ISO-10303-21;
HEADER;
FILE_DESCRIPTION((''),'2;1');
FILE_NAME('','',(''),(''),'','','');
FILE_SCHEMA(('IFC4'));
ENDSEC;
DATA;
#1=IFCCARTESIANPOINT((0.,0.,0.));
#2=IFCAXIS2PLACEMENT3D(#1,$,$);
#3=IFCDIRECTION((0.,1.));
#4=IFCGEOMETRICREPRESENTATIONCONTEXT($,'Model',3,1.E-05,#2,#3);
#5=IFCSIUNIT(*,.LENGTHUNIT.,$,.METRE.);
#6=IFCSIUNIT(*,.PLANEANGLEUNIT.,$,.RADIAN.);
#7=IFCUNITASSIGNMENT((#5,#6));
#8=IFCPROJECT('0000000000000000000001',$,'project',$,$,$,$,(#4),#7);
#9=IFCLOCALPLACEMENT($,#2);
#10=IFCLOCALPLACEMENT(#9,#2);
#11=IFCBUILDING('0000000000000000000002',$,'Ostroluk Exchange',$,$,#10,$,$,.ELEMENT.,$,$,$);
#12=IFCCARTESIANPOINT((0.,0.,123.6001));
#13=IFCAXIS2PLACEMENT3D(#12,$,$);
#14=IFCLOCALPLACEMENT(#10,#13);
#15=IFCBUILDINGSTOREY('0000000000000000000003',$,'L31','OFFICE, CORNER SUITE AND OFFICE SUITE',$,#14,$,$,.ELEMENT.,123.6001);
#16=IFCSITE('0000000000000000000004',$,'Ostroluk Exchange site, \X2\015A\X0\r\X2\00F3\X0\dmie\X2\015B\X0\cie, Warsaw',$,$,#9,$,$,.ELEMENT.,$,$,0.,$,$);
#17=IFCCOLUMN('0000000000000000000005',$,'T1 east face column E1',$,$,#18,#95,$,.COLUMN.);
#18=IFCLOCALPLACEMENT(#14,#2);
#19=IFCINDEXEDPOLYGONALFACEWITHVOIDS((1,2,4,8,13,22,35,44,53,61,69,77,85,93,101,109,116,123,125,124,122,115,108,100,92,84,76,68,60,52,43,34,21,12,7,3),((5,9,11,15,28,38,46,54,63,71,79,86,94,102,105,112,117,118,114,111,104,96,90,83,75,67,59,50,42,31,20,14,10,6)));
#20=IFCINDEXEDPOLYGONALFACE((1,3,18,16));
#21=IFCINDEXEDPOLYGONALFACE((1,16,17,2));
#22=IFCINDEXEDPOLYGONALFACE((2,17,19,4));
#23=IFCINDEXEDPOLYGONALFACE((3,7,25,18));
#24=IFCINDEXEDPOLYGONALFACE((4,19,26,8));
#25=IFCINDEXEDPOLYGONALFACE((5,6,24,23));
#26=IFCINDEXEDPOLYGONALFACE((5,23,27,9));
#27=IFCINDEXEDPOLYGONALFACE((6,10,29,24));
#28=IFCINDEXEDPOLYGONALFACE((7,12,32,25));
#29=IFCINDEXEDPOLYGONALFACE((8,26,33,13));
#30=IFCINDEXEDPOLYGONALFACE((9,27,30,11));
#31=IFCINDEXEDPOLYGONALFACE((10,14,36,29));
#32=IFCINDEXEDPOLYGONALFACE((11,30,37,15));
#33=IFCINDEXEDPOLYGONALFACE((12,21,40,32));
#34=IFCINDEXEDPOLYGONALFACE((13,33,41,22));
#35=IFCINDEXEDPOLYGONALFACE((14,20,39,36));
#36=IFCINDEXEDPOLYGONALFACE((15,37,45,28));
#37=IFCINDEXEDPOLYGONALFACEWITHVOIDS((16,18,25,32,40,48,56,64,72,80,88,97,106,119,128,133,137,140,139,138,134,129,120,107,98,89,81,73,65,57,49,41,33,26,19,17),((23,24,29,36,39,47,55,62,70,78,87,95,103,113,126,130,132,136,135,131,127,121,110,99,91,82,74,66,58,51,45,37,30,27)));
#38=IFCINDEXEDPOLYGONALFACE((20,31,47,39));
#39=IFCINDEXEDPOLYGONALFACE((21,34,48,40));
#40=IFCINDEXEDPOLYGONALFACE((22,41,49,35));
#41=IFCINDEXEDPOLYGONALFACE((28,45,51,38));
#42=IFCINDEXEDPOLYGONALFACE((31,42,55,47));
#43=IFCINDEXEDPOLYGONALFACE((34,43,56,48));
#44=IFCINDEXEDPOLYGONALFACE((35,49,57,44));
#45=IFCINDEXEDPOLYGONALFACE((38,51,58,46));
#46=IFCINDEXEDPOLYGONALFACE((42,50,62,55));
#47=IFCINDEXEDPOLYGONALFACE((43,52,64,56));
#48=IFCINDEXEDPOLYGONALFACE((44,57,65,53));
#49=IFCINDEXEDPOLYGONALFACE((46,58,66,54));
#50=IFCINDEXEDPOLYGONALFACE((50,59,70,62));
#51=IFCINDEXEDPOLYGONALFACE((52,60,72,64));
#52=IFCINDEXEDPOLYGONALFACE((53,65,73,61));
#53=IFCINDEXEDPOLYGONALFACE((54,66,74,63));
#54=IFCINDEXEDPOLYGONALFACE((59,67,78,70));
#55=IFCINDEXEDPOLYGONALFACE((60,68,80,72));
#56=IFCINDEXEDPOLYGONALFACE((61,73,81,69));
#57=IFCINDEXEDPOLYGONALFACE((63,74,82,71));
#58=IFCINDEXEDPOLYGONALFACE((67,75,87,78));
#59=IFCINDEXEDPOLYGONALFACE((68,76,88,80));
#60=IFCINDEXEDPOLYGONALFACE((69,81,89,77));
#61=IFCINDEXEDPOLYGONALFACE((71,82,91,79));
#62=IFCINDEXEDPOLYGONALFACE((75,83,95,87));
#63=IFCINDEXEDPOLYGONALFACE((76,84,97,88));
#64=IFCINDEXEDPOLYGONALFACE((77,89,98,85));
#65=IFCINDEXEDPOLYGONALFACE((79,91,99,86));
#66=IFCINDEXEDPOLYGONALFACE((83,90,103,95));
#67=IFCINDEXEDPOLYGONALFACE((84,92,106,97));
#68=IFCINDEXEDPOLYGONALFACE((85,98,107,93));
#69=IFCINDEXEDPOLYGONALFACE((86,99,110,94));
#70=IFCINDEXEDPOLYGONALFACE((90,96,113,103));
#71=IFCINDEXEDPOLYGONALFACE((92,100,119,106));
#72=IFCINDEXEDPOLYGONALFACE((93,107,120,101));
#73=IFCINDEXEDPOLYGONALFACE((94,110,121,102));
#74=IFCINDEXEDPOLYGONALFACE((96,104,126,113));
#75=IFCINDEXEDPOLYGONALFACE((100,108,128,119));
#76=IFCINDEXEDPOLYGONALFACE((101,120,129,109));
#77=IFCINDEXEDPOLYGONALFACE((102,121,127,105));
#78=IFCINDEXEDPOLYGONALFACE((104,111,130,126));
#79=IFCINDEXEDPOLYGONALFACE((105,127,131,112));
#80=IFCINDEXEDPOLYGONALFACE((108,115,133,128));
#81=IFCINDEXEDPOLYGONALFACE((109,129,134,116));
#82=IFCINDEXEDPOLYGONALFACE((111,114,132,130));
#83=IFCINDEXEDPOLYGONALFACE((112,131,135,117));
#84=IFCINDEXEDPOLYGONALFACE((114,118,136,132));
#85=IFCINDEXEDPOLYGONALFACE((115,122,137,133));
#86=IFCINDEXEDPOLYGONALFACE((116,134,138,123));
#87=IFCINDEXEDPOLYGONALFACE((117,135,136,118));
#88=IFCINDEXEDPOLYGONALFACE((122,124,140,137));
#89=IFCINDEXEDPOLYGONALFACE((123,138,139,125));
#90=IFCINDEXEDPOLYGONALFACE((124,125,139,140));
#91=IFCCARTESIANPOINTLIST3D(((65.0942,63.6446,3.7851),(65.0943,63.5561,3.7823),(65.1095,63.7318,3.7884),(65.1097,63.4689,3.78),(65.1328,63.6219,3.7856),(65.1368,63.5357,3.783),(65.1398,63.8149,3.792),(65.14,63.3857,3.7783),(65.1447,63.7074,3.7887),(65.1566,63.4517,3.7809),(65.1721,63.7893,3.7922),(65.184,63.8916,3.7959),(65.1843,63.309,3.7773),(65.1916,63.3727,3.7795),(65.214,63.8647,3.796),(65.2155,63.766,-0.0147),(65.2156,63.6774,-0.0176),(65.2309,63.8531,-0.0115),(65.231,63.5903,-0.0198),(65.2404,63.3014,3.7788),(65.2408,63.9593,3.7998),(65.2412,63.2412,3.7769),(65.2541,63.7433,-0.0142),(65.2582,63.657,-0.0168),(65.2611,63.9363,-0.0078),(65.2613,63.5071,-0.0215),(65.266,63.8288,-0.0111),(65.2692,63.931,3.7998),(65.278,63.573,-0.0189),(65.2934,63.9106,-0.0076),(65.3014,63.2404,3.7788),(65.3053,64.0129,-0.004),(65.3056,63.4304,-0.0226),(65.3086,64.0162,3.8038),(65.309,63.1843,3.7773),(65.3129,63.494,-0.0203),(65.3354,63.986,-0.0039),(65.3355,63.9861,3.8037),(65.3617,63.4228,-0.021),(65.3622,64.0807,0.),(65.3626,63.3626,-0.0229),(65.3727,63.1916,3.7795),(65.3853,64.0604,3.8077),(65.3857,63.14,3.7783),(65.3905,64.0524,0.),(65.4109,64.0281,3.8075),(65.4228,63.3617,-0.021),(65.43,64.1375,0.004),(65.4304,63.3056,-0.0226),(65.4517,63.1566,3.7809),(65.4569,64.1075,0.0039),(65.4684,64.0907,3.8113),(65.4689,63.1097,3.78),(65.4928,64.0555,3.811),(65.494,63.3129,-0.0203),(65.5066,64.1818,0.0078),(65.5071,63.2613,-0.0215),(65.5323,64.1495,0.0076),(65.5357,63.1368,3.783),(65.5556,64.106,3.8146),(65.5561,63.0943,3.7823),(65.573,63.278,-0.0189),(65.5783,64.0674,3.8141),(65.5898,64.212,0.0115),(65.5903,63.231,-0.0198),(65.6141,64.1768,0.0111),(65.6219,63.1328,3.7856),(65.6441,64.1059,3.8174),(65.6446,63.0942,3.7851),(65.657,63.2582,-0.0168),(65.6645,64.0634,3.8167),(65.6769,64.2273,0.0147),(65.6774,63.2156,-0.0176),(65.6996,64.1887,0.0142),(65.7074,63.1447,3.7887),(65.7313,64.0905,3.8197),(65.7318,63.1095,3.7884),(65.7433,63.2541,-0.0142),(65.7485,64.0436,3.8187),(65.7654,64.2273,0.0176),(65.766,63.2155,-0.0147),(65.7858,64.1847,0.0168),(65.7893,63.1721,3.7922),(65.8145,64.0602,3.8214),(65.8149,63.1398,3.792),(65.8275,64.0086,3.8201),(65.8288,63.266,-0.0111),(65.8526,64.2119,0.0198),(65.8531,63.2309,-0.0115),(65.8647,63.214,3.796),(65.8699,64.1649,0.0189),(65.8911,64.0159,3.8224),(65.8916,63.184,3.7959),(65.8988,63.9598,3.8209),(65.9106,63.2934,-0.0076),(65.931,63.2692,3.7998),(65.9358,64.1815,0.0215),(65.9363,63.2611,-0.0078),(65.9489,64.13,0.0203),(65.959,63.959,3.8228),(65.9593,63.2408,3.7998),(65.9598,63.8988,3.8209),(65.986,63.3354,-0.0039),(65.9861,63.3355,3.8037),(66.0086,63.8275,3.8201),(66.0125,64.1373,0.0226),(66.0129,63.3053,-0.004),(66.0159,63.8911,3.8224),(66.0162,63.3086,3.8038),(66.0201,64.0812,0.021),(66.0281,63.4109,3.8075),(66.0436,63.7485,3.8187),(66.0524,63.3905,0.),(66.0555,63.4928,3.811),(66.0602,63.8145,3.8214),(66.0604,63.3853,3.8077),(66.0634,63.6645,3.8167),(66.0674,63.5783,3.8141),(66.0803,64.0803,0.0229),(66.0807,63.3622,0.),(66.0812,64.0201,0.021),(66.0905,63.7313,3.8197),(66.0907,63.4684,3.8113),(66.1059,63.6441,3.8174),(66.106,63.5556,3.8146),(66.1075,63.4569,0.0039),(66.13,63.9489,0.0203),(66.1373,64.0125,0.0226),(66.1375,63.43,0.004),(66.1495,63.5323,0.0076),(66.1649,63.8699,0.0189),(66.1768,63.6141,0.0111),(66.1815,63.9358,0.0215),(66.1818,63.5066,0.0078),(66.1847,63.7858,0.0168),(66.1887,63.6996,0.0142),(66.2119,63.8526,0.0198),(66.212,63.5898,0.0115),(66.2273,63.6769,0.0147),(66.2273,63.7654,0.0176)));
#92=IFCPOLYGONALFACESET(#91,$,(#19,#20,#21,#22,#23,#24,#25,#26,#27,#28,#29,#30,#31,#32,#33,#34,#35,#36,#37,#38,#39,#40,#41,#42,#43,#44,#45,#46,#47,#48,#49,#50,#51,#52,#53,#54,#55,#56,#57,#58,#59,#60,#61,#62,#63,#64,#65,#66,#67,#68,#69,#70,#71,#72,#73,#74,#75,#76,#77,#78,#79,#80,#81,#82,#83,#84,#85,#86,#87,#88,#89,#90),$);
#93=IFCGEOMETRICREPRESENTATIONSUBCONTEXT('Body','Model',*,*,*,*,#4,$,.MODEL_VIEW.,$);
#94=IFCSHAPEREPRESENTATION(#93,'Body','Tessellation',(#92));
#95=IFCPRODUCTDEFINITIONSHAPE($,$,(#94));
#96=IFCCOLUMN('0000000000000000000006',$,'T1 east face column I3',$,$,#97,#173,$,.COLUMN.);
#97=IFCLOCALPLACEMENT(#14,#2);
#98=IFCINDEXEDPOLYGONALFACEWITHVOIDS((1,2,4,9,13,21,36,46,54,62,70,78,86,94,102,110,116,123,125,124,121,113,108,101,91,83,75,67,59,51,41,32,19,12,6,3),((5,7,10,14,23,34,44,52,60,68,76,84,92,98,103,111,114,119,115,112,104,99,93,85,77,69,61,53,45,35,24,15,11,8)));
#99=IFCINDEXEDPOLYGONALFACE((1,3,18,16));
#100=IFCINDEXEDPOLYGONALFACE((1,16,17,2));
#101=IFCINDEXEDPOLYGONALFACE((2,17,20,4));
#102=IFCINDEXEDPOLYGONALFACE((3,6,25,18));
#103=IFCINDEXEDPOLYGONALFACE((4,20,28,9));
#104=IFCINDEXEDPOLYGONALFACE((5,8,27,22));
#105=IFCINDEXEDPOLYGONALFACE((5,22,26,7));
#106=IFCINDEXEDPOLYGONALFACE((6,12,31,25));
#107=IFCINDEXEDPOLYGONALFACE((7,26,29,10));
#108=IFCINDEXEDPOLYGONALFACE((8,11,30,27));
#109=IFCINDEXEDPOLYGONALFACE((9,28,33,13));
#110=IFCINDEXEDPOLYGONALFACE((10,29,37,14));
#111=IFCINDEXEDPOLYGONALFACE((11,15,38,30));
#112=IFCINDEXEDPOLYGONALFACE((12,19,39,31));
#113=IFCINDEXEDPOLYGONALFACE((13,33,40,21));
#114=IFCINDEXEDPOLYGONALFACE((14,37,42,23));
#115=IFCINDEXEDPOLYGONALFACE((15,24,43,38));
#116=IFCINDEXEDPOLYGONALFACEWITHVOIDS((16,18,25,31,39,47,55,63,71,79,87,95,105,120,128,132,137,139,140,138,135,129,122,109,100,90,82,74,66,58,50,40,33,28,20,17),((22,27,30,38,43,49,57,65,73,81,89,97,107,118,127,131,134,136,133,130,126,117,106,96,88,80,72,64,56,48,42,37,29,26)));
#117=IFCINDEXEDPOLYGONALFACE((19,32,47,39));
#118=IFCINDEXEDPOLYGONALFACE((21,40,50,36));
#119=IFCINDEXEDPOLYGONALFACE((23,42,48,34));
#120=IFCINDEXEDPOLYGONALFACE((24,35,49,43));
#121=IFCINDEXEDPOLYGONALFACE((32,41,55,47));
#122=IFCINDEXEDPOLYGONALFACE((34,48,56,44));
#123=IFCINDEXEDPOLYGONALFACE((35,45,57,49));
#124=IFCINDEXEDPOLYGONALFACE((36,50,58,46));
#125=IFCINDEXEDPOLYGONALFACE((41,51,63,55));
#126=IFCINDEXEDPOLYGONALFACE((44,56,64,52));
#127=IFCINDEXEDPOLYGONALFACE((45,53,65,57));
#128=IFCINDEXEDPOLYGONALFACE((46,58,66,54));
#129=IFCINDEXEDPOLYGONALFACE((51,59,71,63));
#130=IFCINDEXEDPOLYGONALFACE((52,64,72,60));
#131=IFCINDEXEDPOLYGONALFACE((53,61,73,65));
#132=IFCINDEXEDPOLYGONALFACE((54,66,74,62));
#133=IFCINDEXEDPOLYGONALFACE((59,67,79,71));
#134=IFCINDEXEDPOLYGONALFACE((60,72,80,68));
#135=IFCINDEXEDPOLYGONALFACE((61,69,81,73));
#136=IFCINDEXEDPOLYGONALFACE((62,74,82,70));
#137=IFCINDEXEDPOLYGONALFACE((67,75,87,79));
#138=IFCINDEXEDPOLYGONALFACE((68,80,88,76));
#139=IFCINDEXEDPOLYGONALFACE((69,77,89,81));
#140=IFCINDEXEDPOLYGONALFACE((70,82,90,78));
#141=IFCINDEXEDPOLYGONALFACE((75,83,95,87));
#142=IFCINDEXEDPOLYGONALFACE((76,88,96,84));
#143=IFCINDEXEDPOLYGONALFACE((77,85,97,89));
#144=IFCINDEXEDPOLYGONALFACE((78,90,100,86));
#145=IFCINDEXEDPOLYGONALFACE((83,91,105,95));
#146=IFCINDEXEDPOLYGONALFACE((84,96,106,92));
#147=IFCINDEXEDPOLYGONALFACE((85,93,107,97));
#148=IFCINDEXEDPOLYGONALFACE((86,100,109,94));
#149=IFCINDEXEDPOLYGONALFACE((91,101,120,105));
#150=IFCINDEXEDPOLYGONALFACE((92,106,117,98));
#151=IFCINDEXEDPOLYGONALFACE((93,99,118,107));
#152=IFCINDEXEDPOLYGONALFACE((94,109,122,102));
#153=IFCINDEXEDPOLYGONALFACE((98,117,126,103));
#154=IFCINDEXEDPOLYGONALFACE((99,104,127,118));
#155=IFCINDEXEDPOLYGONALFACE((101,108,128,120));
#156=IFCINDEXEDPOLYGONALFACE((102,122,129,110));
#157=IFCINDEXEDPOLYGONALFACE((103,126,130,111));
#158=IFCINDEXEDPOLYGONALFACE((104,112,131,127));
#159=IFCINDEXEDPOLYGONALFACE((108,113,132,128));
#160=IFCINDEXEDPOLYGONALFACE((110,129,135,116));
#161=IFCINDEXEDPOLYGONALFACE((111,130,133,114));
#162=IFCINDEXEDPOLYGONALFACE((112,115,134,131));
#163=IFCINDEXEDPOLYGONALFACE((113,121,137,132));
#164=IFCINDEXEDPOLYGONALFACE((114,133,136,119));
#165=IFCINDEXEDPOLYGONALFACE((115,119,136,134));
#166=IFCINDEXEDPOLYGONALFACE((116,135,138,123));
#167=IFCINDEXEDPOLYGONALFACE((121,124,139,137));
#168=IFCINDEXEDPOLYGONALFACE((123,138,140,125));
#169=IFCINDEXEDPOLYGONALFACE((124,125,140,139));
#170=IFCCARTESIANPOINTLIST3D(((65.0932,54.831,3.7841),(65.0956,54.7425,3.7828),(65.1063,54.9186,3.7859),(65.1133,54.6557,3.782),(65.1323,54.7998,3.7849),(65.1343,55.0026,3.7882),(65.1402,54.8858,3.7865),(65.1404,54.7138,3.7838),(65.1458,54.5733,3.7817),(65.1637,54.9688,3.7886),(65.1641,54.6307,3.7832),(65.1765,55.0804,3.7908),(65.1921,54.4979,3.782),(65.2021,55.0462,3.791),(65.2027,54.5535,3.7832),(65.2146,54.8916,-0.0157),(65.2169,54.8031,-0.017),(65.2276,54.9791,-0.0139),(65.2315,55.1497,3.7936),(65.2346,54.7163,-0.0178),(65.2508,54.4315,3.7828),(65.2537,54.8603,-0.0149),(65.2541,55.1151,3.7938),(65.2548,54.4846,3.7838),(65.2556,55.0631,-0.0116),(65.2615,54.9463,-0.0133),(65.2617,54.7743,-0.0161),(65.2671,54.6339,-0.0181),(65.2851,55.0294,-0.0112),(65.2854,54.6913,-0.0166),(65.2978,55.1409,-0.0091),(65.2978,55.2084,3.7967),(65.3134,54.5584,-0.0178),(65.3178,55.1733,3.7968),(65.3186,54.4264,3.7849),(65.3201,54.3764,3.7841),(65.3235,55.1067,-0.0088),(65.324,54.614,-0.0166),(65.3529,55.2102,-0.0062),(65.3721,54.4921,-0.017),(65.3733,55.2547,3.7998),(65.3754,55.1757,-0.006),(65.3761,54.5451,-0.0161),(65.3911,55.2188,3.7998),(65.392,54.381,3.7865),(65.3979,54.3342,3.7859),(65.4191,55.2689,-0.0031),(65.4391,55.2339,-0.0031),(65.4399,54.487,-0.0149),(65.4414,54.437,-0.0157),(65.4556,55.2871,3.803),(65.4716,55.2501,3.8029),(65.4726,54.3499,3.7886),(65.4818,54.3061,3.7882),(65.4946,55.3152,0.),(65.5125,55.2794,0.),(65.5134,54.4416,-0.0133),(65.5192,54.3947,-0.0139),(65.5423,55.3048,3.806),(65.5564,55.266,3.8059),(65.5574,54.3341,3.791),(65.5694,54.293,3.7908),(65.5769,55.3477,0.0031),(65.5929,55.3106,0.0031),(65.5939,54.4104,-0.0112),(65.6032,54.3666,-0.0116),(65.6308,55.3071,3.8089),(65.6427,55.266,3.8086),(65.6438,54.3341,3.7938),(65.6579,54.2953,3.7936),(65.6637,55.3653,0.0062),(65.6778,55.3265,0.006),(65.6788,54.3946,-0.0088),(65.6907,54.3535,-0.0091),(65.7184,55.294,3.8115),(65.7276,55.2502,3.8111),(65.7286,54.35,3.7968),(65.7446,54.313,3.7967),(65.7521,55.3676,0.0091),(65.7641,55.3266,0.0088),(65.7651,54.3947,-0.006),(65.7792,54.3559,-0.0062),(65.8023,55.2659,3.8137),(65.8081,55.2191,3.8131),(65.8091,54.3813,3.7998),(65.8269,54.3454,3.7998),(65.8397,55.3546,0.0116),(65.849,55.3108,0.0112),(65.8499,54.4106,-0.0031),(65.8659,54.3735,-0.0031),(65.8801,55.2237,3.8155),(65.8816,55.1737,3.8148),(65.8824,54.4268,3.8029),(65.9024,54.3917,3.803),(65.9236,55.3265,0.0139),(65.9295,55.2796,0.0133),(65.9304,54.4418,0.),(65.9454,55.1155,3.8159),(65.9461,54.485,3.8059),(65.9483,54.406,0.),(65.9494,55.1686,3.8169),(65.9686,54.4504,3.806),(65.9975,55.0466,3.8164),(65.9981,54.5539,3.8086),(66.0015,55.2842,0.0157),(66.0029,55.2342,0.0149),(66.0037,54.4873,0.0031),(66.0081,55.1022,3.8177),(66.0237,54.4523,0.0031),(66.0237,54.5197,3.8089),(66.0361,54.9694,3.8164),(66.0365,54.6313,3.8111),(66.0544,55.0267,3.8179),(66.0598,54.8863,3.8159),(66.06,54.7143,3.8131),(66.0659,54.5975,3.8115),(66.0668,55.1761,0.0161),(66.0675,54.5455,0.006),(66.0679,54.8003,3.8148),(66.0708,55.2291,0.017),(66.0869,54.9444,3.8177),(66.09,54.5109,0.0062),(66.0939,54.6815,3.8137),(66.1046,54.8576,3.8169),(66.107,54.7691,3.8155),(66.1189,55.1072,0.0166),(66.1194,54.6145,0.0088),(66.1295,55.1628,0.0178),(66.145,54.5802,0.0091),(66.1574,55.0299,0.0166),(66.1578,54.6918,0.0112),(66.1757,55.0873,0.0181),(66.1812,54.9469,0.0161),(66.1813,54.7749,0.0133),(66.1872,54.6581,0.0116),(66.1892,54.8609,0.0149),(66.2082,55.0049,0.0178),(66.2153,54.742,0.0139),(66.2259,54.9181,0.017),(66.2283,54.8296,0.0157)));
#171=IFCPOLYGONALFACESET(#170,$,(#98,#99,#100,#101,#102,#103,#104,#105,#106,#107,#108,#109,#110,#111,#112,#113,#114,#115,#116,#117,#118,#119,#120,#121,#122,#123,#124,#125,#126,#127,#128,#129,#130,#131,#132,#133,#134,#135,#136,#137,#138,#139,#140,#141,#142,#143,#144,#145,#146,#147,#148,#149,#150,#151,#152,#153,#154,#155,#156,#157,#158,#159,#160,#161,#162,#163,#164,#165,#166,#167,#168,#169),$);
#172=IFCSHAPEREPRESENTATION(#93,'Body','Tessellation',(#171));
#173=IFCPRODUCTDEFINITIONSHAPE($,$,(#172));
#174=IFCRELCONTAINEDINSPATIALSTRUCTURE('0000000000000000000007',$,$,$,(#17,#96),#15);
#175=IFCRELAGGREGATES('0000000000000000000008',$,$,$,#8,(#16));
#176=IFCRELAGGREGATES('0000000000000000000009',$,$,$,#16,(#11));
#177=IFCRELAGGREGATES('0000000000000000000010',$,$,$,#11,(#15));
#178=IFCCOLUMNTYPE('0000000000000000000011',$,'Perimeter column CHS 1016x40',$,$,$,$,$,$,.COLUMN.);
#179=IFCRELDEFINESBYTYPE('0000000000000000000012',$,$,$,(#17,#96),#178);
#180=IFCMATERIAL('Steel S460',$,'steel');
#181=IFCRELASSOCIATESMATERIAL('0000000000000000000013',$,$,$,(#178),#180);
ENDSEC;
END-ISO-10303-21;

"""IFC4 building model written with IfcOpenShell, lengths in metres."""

from ifc_helpers import new_model, si_unit, direction, frame, origin, origin_2d, place, context, subcontext, project, spatial, hollow_circle, extrude, material, material_profile, profile_set, type_object, element, save


model = new_model("IFC4")

# Units and contexts
model_context = context("Model", 3, precision=1e-05, world=origin(), true_north=direction((0.0, 1.0)))
body_context = subcontext(model_context, "Body", "Model", "MODEL_VIEW")
ifc_project = project(units=[si_unit("LENGTHUNIT", "METRE"), si_unit("PLANEANGLEUNIT", "RADIAN")], contexts=[model_context])

# Site, building, storey
site_placement = place(None, origin())
site = spatial("IfcSite", under=ifc_project, at=site_placement, Name="Ostroluk Exchange site, Śródmieście, Warsaw", CompositionType="ELEMENT", RefElevation=0.0)
building_placement = place(site_placement, origin())
building = spatial("IfcBuilding", under=site, at=building_placement, Name="Ostroluk Exchange", CompositionType="ELEMENT")
storey_placement = place(building_placement, frame((0.0, 0.0, 123.6001)))
storey = spatial("IfcBuildingStorey", under=building, at=storey_placement, Name="L31", Description="OFFICE, CORNER SUITE AND OFFICE SUITE", CompositionType="ELEMENT", Elevation=123.6001)

# Columns
ifc_material_1 = material(Name="Steel S460", Category="steel")
ifc_material_profile_1 = material_profile(ifc_material_1, hollow_circle(Radius=0.5081, WallThickness=0.04, at=origin_2d()), Name="CHS 1016x40")
ifc_profile_set_1 = profile_set([ifc_material_profile_1], Name="Steel S460")
column_type_1 = type_object("IfcColumnType", Name="Perimeter column CHS 1016x40", PredefinedType="COLUMN", material=ifc_profile_set_1)
column_1_placement = place(storey_placement, frame((65.7214, 63.7214, 0.0), z_axis=(-0.0319, -0.0319, 0.998982), x_axis=(0.707107, -0.707107, 0.0)))
element("IfcColumn", 1, at=column_1_placement, inside=storey, type_object=column_type_1, Name="T1 east face column E1", PredefinedType="COLUMN", context=body_context, shape_type="SweptSolid", body=[
    extrude(hollow_circle(Radius=0.5081, WallThickness=0.04, at=origin_2d()), origin(), (0.0, 0.0, 1.0), 3.8037),
])
column_2_placement = place(storey_placement, frame((65.7214, 54.8606, 0.0), z_axis=(-0.031912, -0.015924, 0.999364), x_axis=(0.446493, -0.894787, 0.0)))
element("IfcColumn", 2, at=column_2_placement, inside=storey, type_object=column_type_1, Name="T1 east face column I3", PredefinedType="COLUMN", context=body_context, shape_type="SweptSolid", body=[
    extrude(hollow_circle(Radius=0.5081, WallThickness=0.04, at=origin_2d()), origin(), (0.0, 0.0, 1.0), 3.8022),
])

save(model, "model.ifc")
